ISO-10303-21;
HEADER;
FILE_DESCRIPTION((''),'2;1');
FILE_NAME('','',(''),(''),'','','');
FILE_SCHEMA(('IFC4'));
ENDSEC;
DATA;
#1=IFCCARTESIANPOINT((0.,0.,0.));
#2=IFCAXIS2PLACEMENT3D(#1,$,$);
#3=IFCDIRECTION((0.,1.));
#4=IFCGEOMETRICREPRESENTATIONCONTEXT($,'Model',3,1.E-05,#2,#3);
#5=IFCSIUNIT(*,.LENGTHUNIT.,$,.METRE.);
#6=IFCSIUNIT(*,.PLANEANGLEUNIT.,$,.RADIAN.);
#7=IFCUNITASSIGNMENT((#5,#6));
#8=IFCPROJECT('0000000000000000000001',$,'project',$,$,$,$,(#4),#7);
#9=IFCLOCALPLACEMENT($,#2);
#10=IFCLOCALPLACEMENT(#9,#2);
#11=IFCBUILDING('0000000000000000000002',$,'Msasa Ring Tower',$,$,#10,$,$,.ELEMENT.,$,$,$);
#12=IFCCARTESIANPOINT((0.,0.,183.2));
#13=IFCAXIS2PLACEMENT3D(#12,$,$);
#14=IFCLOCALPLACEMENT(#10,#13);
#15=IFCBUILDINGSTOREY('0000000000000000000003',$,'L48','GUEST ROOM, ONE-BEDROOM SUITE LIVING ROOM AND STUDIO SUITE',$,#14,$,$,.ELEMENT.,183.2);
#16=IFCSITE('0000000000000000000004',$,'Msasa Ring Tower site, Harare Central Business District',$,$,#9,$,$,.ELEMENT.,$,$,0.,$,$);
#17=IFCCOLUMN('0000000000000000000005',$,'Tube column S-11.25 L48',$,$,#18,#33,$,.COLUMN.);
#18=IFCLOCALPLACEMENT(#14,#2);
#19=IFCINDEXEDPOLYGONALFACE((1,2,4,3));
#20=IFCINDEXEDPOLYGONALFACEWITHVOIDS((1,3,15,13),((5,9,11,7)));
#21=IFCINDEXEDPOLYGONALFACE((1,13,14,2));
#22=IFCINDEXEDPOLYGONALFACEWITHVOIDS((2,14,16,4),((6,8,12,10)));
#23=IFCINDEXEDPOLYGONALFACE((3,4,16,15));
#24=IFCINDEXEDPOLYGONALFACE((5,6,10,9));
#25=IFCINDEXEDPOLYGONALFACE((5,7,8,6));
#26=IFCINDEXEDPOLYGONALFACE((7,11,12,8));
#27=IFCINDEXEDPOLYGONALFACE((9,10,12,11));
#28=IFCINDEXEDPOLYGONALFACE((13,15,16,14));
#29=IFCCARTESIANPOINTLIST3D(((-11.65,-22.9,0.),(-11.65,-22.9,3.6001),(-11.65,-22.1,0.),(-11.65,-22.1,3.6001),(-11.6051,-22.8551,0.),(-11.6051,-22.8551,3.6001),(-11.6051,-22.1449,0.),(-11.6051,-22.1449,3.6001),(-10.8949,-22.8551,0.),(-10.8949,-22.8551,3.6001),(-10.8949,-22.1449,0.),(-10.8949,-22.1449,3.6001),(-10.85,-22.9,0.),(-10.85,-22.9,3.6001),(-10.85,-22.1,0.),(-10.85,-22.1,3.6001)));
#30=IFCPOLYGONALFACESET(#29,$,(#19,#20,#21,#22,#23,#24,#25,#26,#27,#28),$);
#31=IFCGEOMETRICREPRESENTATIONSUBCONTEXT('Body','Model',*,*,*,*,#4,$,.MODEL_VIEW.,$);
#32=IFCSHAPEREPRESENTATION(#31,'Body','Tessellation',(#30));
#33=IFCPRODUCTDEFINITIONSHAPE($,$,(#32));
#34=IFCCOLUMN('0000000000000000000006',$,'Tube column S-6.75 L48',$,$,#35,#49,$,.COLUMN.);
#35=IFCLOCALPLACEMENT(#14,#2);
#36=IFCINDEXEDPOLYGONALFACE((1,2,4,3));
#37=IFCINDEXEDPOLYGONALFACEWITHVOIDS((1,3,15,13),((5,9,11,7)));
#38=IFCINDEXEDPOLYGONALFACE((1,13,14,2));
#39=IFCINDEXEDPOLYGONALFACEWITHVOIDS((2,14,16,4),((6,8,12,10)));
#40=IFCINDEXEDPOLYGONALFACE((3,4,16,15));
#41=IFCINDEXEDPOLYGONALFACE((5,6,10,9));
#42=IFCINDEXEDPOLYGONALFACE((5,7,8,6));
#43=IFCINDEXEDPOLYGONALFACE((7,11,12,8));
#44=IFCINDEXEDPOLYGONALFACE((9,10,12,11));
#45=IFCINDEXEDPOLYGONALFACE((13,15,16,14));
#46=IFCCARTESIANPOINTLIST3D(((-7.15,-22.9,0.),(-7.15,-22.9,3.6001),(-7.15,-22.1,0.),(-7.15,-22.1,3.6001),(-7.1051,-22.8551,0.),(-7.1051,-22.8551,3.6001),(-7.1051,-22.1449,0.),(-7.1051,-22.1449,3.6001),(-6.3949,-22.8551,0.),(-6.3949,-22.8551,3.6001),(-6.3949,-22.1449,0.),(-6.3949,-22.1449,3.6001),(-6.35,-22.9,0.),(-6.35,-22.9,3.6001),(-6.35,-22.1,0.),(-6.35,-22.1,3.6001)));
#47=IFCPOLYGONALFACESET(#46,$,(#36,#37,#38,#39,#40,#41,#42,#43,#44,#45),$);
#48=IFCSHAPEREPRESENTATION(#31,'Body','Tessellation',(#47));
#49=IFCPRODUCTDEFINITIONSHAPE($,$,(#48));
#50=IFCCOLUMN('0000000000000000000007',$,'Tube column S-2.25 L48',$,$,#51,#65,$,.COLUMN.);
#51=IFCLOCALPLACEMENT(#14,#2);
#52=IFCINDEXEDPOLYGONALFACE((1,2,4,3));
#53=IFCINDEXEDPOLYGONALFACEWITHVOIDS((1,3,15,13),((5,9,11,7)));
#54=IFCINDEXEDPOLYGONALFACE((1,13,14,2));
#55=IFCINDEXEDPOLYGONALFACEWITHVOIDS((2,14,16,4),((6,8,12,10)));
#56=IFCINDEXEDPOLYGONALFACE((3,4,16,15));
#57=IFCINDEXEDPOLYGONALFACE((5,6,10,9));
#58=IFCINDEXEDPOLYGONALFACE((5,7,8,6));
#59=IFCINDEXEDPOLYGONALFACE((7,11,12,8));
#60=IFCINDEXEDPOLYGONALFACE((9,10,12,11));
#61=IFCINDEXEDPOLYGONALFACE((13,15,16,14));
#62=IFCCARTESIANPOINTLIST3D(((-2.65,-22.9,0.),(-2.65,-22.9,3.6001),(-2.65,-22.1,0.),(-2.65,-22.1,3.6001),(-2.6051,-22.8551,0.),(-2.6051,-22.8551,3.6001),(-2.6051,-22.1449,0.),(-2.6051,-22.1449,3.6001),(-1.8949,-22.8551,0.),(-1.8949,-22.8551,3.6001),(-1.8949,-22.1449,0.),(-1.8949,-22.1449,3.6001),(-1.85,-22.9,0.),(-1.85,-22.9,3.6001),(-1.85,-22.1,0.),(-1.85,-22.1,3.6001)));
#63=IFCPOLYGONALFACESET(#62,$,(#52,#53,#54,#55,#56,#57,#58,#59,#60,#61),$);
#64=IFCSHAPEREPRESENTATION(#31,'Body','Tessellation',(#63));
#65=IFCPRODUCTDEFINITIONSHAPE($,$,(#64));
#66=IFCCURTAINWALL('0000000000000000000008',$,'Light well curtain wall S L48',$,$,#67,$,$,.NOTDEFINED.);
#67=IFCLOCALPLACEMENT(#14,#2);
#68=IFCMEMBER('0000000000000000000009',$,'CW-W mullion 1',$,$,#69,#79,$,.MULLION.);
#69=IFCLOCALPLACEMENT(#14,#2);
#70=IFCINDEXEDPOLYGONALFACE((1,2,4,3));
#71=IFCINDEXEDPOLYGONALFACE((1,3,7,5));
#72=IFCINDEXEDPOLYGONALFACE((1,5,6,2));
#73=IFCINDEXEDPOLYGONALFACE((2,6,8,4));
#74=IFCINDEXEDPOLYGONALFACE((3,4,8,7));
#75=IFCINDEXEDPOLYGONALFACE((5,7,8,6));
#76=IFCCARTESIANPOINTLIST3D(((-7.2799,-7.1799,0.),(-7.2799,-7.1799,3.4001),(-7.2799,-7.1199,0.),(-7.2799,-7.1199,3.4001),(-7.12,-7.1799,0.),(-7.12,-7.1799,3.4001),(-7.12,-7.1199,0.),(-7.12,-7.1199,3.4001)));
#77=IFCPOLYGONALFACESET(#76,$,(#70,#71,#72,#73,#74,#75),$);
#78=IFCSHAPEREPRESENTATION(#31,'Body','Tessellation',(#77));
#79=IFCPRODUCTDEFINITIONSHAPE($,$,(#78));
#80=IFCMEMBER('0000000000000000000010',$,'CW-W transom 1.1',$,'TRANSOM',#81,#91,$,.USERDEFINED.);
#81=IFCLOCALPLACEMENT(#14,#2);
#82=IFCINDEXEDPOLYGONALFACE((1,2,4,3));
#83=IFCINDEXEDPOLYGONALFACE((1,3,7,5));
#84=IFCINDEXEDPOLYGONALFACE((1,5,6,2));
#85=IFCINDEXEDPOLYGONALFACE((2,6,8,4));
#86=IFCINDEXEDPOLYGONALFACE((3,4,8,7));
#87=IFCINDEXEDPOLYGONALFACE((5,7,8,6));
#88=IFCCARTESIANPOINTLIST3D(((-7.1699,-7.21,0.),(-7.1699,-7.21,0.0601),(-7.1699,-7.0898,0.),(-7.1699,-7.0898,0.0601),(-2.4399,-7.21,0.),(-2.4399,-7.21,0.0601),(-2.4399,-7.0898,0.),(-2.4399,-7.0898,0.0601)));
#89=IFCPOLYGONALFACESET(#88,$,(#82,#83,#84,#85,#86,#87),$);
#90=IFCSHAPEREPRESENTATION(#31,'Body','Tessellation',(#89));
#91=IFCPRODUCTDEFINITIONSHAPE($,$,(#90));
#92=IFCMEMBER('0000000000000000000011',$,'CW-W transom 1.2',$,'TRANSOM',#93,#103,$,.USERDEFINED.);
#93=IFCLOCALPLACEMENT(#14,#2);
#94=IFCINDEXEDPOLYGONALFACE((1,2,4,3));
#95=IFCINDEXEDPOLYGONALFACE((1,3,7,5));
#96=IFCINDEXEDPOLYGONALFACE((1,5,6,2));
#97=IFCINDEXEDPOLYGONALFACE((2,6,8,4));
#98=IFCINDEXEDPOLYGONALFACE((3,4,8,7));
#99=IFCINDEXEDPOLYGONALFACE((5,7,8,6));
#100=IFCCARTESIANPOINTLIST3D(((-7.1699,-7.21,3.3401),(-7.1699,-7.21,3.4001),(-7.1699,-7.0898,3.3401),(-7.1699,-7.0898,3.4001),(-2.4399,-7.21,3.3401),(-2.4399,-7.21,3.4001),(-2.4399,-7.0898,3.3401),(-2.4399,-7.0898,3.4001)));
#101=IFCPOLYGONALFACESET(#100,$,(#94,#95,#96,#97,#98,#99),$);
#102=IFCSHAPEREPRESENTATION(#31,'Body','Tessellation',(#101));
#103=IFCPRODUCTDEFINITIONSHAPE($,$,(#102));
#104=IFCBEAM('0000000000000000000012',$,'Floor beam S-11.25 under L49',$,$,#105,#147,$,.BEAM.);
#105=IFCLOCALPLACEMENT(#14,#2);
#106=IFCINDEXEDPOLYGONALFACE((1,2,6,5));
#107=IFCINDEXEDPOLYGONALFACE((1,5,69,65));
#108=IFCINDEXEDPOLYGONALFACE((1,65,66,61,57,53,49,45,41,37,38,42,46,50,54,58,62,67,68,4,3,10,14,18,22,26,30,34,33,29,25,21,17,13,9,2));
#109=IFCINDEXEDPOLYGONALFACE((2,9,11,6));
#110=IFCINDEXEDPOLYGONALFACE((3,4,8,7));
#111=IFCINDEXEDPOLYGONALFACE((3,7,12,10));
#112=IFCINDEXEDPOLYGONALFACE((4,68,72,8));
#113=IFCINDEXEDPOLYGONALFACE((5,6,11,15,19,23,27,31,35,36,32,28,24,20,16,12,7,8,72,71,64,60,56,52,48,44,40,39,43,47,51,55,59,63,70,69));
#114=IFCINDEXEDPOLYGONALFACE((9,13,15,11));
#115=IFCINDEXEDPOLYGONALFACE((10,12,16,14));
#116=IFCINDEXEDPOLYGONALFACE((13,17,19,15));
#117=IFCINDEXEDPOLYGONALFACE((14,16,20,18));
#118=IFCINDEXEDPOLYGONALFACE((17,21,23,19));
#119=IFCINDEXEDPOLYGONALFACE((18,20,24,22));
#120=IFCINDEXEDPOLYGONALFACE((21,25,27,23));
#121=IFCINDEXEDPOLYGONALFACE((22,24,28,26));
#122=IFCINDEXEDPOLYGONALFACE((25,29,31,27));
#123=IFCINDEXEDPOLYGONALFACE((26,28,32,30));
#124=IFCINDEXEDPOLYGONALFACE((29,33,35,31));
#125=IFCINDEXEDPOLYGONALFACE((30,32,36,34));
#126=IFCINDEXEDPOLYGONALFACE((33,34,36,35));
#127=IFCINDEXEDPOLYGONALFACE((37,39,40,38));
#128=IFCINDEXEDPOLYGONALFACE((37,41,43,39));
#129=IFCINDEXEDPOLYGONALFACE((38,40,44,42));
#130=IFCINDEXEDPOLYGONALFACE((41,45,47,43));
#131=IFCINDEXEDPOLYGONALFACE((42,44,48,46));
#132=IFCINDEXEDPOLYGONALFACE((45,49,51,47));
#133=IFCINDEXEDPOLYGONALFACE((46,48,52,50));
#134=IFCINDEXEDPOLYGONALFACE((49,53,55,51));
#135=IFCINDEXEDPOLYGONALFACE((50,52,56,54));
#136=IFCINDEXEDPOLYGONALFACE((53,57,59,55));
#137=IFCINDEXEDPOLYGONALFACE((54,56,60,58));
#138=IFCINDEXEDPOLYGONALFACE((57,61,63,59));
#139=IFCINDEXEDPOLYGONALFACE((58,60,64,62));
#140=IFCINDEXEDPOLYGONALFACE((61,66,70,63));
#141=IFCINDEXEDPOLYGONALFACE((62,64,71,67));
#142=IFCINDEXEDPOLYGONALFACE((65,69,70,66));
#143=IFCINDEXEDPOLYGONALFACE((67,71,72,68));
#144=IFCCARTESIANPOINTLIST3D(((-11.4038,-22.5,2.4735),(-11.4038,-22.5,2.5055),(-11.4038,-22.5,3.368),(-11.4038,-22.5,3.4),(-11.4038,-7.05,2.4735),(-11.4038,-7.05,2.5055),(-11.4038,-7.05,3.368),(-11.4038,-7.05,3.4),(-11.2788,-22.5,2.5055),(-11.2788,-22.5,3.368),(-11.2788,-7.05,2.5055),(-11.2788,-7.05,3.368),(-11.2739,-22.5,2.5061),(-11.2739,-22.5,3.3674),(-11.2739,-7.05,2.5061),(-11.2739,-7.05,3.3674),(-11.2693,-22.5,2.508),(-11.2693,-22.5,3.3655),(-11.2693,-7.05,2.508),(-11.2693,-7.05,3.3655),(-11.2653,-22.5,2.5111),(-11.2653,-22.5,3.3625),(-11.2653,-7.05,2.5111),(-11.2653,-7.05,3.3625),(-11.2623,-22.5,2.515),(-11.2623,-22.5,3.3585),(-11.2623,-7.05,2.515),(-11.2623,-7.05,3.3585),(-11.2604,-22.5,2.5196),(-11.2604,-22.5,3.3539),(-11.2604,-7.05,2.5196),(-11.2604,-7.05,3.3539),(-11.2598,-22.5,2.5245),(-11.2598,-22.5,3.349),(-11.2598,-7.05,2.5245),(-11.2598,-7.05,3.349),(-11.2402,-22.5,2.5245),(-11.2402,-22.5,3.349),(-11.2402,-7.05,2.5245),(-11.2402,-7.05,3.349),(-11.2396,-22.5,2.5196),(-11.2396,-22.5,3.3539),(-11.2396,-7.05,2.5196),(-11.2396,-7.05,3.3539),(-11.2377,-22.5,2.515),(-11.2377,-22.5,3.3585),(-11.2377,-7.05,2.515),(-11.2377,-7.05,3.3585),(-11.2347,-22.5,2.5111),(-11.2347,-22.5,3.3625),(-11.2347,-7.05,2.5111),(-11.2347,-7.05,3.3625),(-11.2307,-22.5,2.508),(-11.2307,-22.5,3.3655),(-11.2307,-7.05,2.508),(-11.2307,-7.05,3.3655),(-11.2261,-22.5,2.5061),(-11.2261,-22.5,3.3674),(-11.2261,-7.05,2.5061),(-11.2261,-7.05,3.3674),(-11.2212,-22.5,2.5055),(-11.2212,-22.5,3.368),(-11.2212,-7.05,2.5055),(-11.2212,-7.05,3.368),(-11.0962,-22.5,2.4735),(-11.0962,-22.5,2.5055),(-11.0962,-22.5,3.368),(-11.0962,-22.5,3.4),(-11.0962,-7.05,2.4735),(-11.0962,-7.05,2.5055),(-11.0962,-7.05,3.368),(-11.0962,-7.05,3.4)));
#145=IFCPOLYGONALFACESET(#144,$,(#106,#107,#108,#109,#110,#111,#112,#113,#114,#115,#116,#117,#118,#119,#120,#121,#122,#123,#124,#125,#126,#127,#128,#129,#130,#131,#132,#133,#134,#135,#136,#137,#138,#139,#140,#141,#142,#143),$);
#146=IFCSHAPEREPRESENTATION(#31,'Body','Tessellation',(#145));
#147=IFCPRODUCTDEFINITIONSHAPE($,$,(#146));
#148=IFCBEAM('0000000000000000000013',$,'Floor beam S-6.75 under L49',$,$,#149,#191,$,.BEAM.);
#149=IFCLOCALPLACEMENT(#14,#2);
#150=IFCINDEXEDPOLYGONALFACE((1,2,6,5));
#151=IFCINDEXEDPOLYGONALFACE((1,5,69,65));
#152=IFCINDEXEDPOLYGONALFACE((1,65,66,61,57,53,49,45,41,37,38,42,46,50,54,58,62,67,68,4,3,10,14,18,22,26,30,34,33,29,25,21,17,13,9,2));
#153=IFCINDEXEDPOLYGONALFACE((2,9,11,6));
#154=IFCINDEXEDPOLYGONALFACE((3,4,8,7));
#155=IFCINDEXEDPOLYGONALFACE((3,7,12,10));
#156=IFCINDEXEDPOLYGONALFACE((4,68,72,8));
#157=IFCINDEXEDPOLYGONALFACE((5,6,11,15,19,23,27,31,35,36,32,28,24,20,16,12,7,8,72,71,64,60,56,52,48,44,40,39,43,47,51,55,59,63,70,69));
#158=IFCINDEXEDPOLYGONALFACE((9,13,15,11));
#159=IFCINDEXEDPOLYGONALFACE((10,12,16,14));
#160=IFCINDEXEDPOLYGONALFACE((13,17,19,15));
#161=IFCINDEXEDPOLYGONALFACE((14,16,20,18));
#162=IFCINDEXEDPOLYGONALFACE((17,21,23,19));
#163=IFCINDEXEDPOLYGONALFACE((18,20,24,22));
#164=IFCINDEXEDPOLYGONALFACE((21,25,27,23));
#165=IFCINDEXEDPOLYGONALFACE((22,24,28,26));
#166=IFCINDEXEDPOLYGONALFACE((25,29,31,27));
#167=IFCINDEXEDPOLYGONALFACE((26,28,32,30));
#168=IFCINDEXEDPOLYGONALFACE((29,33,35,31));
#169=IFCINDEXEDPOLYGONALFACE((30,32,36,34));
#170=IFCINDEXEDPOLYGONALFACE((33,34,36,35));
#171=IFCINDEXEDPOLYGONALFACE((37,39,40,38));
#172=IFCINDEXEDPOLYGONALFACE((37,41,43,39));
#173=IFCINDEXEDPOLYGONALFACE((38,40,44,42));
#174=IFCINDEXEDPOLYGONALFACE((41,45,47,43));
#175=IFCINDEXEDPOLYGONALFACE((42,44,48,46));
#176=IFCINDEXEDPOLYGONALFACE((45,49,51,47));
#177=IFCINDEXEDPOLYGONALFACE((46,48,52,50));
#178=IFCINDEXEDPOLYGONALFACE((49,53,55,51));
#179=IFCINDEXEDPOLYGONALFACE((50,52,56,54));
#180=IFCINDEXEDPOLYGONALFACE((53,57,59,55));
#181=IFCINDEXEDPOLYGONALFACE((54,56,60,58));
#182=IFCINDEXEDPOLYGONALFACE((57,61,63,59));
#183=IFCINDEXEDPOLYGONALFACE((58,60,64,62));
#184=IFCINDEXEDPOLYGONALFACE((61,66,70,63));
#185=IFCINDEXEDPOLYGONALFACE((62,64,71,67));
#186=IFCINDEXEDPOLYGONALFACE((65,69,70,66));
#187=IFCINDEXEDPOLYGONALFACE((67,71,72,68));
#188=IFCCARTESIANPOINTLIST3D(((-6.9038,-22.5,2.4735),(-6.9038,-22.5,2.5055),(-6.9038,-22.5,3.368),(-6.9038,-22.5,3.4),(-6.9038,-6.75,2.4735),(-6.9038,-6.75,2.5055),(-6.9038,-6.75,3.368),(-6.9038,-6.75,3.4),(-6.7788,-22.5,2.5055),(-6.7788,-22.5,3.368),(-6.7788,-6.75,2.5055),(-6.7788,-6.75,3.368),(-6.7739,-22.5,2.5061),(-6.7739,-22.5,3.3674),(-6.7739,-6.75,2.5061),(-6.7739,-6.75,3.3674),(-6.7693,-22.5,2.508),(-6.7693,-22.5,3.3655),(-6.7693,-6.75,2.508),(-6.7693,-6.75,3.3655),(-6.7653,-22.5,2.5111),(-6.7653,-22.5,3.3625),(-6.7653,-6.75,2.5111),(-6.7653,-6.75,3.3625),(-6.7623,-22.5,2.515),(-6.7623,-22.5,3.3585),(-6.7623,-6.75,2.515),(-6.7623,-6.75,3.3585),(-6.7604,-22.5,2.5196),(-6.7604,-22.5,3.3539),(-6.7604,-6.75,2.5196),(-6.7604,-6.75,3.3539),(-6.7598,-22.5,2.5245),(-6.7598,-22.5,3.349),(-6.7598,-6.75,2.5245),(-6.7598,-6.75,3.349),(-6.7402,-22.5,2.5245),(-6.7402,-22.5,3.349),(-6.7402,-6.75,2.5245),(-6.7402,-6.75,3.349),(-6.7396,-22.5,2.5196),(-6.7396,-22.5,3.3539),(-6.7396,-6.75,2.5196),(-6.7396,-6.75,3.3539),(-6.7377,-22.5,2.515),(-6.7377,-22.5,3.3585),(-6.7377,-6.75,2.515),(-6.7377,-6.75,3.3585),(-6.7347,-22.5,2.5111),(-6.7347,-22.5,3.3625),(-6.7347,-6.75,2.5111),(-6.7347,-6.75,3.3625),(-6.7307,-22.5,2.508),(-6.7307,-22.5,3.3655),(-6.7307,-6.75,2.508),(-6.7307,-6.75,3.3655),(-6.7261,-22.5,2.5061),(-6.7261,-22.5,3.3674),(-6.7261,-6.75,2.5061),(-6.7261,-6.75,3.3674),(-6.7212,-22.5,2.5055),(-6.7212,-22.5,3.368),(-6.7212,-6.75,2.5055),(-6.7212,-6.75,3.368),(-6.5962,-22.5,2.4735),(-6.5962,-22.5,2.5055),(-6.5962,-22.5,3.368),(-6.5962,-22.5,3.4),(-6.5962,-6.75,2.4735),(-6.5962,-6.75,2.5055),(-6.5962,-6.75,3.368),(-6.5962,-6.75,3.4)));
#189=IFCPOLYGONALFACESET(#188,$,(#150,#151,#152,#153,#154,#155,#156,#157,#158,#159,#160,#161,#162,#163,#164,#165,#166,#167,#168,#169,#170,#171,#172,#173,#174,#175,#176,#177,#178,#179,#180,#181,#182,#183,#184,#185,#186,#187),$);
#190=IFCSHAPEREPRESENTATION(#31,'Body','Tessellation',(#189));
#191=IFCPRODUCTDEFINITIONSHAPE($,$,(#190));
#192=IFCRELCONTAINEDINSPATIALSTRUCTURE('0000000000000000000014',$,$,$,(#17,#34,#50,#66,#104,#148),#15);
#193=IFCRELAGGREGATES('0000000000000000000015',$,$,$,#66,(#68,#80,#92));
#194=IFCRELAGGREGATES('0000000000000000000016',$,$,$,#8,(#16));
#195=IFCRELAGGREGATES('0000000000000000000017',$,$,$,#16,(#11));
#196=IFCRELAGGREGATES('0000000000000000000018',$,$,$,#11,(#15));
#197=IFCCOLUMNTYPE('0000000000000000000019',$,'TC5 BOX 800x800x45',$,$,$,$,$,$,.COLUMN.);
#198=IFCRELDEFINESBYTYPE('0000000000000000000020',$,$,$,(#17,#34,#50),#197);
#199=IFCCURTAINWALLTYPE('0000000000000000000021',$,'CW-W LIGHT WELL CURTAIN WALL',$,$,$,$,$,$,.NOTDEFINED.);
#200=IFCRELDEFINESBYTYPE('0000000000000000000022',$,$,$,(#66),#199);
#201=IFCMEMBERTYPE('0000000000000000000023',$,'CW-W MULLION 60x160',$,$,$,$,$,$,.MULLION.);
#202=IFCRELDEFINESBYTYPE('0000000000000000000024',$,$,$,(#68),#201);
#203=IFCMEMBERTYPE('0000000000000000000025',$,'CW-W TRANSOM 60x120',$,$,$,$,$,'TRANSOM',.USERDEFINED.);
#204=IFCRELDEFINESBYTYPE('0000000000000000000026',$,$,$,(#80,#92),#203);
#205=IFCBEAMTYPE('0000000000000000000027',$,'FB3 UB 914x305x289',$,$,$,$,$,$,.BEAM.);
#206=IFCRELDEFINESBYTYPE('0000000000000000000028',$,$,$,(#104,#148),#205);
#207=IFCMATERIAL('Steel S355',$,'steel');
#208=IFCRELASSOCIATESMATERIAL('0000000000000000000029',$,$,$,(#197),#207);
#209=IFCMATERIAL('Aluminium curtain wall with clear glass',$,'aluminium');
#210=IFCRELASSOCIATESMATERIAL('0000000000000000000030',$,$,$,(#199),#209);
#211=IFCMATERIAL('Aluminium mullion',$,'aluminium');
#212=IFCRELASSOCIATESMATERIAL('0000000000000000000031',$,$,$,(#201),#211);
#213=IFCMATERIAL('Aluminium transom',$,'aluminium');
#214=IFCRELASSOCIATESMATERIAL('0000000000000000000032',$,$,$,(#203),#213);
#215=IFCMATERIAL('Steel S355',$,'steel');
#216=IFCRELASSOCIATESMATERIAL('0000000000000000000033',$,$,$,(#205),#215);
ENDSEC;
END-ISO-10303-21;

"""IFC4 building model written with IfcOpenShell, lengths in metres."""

from ifc_helpers import new_model, si_unit, direction, frame, origin, origin_2d, place, context, subcontext, project, spatial, rectangle, hollow_rectangle, i_section, extrude, material, material_profile, profile_set, type_object, element, aggregate, save


model = new_model("IFC4")

# Units and contexts
model_context = context("Model", 3, precision=1e-05, world=origin(), true_north=direction((0.0, 1.0)))
body_context = subcontext(model_context, "Body", "Model", "MODEL_VIEW")
ifc_project = project(units=[si_unit("LENGTHUNIT", "METRE"), si_unit("PLANEANGLEUNIT", "RADIAN")], contexts=[model_context])

# Site, building, storey
site_placement = place(None, origin())
site = spatial("IfcSite", under=ifc_project, at=site_placement, Name="Msasa Ring Tower site, Harare Central Business District", CompositionType="ELEMENT", RefElevation=0.0)
building_placement = place(site_placement, origin())
building = spatial("IfcBuilding", under=site, at=building_placement, Name="Msasa Ring Tower", CompositionType="ELEMENT")
storey_placement = place(building_placement, frame((0.0, 0.0, 183.2)))
storey = spatial("IfcBuildingStorey", under=building, at=storey_placement, Name="L48", Description="GUEST ROOM, ONE-BEDROOM SUITE LIVING ROOM AND STUDIO SUITE", CompositionType="ELEMENT", Elevation=183.2)

# Columns
ifc_material_1 = material(Name="Steel S355", Category="steel")
ifc_material_profile_1 = material_profile(ifc_material_1, hollow_rectangle(XDim=0.8, YDim=0.8, WallThickness=0.0449, at=origin_2d()), Name="BOX 800x800x45")
ifc_profile_set_1 = profile_set([ifc_material_profile_1], Name="Steel S355")
column_type = type_object("IfcColumnType", Name="TC5 BOX 800x800x45", PredefinedType="COLUMN", material=ifc_profile_set_1)
for number, where, z_axis, x_axis, name in (
    (1, (-11.25, -22.5, 0.0), (0.0, 0.0, 1.0), (0.0, 1.0, 0.0), "Tube column S-11.25 L48"),
    (2, (-6.75, -22.5, 0.0), (0.0, 0.0, 1.0), (0.0, 1.0, 0.0), "Tube column S-6.75 L48"),
    (3, (-2.25, -22.5, 0.0), (0.0, 0.0, 1.0), (0.0, 1.0, 0.0), "Tube column S-2.25 L48"),
):
    element("IfcColumn", number, at=place(storey_placement, frame(where, z_axis=z_axis, x_axis=x_axis)), inside=storey, type_object=column_type, Name=name, PredefinedType="COLUMN", context=body_context, shape_type="SweptSolid", body=[
        extrude(hollow_rectangle(XDim=0.8, YDim=0.8, WallThickness=0.0449, at=origin_2d()), origin(), (0.0, 0.0, 1.0), 3.6001),
    ])

# Curtain wall, members
ifc_material_2 = material(Name="Aluminium curtain wall with clear glass", Category="aluminium")
curtain_wall_type = type_object("IfcCurtainWallType", Name="CW-W LIGHT WELL CURTAIN WALL", PredefinedType="NOTDEFINED", material=ifc_material_2)
curtain_wall_placement = place(storey_placement, origin())
curtain_wall = element("IfcCurtainWall", 4, at=curtain_wall_placement, inside=storey, type_object=curtain_wall_type, Name="Light well curtain wall S L48", PredefinedType="NOTDEFINED")
ifc_material_3 = material(Name="Aluminium mullion", Category="aluminium")
ifc_material_profile_2 = material_profile(ifc_material_3, rectangle(XDim=0.0601, YDim=0.1599, at=origin_2d()), Name="AL 60x160")
ifc_profile_set_2 = profile_set([ifc_material_profile_2], Name="Aluminium mullion")
member_type_1 = type_object("IfcMemberType", Name="CW-W MULLION 60x160", PredefinedType="MULLION", material=ifc_profile_set_2)
member_1_placement = place(storey_placement, frame((-7.2, -7.1499, 0.0), z_axis=(0.0, 0.0, 1.0), x_axis=(0.0, 1.0, 0.0)))
member_1 = element("IfcMember", 5, at=member_1_placement, type_object=member_type_1, Name="CW-W mullion 1", PredefinedType="MULLION", context=body_context, shape_type="SweptSolid", body=[
    extrude(rectangle(XDim=0.0601, YDim=0.1599, at=origin_2d()), origin(), (0.0, 0.0, 1.0), 3.4001),
])
ifc_material_4 = material(Name="Aluminium transom", Category="aluminium")
ifc_material_profile_3 = material_profile(ifc_material_4, rectangle(XDim=0.1201, YDim=0.0601, at=origin_2d()), Name="AL 60x120")
ifc_profile_set_3 = profile_set([ifc_material_profile_3], Name="Aluminium transom")
member_type_2 = type_object("IfcMemberType", Name="CW-W TRANSOM 60x120", ElementType="TRANSOM", PredefinedType="USERDEFINED", material=ifc_profile_set_3)
member_2_placement = place(storey_placement, frame((-7.1699, -7.1499, 0.03), z_axis=(1.0, 0.0, 0.0), x_axis=(0.0, 1.0, 0.0)))
member_2 = element("IfcMember", 6, at=member_2_placement, type_object=member_type_2, Name="CW-W transom 1.1", ObjectType="TRANSOM", PredefinedType="USERDEFINED", context=body_context, shape_type="SweptSolid", body=[
    extrude(rectangle(XDim=0.1201, YDim=0.0601, at=origin_2d()), origin(), (0.0, 0.0, 1.0), 4.73),
])
member_3_placement = place(storey_placement, frame((-7.1699, -7.1499, 3.3701), z_axis=(1.0, 0.0, 0.0), x_axis=(0.0, 1.0, 0.0)))
member_3 = element("IfcMember", 7, at=member_3_placement, type_object=member_type_2, Name="CW-W transom 1.2", ObjectType="TRANSOM", PredefinedType="USERDEFINED", context=body_context, shape_type="SweptSolid", body=[
    extrude(rectangle(XDim=0.1201, YDim=0.0601, at=origin_2d()), origin(), (0.0, 0.0, 1.0), 4.73),
])

# Beams
ifc_material_5 = material(Name="Steel S355", Category="steel")
ifc_material_profile_4 = material_profile(ifc_material_5, i_section(OverallWidth=0.3076, OverallDepth=0.9265, WebThickness=0.0195, FlangeThickness=0.032, FilletRadius=0.019, at=origin_2d()), Name="UB 914x305x289")
ifc_profile_set_4 = profile_set([ifc_material_profile_4], Name="Steel S355")
beam_type_1 = type_object("IfcBeamType", Name="FB3 UB 914x305x289", PredefinedType="BEAM", material=ifc_profile_set_4)
beam_placement = place(storey_placement, frame((-11.25, -22.5, 2.9368), z_axis=(0.0, 1.0, 0.0), x_axis=(-1.0, 0.0, 0.0)))
element("IfcBeam", 8, at=beam_placement, inside=storey, type_object=beam_type_1, Name="Floor beam S-11.25 under L49", PredefinedType="BEAM", context=body_context, shape_type="SweptSolid", body=[
    extrude(i_section(OverallWidth=0.3076, OverallDepth=0.9265, WebThickness=0.0195, FlangeThickness=0.032, FilletRadius=0.019, at=origin_2d()), origin(), (0.0, 0.0, 1.0), 15.45),
])
for number, where, z_axis, x_axis, name in (
    (9, (-6.75, -22.5, 2.9368), (0.0, 1.0, 0.0), (-1.0, 0.0, 0.0), "Floor beam S-6.75 under L49"),
):
    element("IfcBeam", number, at=place(storey_placement, frame(where, z_axis=z_axis, x_axis=x_axis)), inside=storey, type_object=beam_type_1, Name=name, PredefinedType="BEAM", context=body_context, shape_type="SweptSolid", body=[
        extrude(i_section(OverallWidth=0.3076, OverallDepth=0.9265, WebThickness=0.0195, FlangeThickness=0.032, FilletRadius=0.019, at=origin_2d()), origin(), (0.0, 0.0, 1.0), 15.75),
    ])

aggregate(curtain_wall, [member_1, member_2, member_3])

save(model, "model.ifc")
